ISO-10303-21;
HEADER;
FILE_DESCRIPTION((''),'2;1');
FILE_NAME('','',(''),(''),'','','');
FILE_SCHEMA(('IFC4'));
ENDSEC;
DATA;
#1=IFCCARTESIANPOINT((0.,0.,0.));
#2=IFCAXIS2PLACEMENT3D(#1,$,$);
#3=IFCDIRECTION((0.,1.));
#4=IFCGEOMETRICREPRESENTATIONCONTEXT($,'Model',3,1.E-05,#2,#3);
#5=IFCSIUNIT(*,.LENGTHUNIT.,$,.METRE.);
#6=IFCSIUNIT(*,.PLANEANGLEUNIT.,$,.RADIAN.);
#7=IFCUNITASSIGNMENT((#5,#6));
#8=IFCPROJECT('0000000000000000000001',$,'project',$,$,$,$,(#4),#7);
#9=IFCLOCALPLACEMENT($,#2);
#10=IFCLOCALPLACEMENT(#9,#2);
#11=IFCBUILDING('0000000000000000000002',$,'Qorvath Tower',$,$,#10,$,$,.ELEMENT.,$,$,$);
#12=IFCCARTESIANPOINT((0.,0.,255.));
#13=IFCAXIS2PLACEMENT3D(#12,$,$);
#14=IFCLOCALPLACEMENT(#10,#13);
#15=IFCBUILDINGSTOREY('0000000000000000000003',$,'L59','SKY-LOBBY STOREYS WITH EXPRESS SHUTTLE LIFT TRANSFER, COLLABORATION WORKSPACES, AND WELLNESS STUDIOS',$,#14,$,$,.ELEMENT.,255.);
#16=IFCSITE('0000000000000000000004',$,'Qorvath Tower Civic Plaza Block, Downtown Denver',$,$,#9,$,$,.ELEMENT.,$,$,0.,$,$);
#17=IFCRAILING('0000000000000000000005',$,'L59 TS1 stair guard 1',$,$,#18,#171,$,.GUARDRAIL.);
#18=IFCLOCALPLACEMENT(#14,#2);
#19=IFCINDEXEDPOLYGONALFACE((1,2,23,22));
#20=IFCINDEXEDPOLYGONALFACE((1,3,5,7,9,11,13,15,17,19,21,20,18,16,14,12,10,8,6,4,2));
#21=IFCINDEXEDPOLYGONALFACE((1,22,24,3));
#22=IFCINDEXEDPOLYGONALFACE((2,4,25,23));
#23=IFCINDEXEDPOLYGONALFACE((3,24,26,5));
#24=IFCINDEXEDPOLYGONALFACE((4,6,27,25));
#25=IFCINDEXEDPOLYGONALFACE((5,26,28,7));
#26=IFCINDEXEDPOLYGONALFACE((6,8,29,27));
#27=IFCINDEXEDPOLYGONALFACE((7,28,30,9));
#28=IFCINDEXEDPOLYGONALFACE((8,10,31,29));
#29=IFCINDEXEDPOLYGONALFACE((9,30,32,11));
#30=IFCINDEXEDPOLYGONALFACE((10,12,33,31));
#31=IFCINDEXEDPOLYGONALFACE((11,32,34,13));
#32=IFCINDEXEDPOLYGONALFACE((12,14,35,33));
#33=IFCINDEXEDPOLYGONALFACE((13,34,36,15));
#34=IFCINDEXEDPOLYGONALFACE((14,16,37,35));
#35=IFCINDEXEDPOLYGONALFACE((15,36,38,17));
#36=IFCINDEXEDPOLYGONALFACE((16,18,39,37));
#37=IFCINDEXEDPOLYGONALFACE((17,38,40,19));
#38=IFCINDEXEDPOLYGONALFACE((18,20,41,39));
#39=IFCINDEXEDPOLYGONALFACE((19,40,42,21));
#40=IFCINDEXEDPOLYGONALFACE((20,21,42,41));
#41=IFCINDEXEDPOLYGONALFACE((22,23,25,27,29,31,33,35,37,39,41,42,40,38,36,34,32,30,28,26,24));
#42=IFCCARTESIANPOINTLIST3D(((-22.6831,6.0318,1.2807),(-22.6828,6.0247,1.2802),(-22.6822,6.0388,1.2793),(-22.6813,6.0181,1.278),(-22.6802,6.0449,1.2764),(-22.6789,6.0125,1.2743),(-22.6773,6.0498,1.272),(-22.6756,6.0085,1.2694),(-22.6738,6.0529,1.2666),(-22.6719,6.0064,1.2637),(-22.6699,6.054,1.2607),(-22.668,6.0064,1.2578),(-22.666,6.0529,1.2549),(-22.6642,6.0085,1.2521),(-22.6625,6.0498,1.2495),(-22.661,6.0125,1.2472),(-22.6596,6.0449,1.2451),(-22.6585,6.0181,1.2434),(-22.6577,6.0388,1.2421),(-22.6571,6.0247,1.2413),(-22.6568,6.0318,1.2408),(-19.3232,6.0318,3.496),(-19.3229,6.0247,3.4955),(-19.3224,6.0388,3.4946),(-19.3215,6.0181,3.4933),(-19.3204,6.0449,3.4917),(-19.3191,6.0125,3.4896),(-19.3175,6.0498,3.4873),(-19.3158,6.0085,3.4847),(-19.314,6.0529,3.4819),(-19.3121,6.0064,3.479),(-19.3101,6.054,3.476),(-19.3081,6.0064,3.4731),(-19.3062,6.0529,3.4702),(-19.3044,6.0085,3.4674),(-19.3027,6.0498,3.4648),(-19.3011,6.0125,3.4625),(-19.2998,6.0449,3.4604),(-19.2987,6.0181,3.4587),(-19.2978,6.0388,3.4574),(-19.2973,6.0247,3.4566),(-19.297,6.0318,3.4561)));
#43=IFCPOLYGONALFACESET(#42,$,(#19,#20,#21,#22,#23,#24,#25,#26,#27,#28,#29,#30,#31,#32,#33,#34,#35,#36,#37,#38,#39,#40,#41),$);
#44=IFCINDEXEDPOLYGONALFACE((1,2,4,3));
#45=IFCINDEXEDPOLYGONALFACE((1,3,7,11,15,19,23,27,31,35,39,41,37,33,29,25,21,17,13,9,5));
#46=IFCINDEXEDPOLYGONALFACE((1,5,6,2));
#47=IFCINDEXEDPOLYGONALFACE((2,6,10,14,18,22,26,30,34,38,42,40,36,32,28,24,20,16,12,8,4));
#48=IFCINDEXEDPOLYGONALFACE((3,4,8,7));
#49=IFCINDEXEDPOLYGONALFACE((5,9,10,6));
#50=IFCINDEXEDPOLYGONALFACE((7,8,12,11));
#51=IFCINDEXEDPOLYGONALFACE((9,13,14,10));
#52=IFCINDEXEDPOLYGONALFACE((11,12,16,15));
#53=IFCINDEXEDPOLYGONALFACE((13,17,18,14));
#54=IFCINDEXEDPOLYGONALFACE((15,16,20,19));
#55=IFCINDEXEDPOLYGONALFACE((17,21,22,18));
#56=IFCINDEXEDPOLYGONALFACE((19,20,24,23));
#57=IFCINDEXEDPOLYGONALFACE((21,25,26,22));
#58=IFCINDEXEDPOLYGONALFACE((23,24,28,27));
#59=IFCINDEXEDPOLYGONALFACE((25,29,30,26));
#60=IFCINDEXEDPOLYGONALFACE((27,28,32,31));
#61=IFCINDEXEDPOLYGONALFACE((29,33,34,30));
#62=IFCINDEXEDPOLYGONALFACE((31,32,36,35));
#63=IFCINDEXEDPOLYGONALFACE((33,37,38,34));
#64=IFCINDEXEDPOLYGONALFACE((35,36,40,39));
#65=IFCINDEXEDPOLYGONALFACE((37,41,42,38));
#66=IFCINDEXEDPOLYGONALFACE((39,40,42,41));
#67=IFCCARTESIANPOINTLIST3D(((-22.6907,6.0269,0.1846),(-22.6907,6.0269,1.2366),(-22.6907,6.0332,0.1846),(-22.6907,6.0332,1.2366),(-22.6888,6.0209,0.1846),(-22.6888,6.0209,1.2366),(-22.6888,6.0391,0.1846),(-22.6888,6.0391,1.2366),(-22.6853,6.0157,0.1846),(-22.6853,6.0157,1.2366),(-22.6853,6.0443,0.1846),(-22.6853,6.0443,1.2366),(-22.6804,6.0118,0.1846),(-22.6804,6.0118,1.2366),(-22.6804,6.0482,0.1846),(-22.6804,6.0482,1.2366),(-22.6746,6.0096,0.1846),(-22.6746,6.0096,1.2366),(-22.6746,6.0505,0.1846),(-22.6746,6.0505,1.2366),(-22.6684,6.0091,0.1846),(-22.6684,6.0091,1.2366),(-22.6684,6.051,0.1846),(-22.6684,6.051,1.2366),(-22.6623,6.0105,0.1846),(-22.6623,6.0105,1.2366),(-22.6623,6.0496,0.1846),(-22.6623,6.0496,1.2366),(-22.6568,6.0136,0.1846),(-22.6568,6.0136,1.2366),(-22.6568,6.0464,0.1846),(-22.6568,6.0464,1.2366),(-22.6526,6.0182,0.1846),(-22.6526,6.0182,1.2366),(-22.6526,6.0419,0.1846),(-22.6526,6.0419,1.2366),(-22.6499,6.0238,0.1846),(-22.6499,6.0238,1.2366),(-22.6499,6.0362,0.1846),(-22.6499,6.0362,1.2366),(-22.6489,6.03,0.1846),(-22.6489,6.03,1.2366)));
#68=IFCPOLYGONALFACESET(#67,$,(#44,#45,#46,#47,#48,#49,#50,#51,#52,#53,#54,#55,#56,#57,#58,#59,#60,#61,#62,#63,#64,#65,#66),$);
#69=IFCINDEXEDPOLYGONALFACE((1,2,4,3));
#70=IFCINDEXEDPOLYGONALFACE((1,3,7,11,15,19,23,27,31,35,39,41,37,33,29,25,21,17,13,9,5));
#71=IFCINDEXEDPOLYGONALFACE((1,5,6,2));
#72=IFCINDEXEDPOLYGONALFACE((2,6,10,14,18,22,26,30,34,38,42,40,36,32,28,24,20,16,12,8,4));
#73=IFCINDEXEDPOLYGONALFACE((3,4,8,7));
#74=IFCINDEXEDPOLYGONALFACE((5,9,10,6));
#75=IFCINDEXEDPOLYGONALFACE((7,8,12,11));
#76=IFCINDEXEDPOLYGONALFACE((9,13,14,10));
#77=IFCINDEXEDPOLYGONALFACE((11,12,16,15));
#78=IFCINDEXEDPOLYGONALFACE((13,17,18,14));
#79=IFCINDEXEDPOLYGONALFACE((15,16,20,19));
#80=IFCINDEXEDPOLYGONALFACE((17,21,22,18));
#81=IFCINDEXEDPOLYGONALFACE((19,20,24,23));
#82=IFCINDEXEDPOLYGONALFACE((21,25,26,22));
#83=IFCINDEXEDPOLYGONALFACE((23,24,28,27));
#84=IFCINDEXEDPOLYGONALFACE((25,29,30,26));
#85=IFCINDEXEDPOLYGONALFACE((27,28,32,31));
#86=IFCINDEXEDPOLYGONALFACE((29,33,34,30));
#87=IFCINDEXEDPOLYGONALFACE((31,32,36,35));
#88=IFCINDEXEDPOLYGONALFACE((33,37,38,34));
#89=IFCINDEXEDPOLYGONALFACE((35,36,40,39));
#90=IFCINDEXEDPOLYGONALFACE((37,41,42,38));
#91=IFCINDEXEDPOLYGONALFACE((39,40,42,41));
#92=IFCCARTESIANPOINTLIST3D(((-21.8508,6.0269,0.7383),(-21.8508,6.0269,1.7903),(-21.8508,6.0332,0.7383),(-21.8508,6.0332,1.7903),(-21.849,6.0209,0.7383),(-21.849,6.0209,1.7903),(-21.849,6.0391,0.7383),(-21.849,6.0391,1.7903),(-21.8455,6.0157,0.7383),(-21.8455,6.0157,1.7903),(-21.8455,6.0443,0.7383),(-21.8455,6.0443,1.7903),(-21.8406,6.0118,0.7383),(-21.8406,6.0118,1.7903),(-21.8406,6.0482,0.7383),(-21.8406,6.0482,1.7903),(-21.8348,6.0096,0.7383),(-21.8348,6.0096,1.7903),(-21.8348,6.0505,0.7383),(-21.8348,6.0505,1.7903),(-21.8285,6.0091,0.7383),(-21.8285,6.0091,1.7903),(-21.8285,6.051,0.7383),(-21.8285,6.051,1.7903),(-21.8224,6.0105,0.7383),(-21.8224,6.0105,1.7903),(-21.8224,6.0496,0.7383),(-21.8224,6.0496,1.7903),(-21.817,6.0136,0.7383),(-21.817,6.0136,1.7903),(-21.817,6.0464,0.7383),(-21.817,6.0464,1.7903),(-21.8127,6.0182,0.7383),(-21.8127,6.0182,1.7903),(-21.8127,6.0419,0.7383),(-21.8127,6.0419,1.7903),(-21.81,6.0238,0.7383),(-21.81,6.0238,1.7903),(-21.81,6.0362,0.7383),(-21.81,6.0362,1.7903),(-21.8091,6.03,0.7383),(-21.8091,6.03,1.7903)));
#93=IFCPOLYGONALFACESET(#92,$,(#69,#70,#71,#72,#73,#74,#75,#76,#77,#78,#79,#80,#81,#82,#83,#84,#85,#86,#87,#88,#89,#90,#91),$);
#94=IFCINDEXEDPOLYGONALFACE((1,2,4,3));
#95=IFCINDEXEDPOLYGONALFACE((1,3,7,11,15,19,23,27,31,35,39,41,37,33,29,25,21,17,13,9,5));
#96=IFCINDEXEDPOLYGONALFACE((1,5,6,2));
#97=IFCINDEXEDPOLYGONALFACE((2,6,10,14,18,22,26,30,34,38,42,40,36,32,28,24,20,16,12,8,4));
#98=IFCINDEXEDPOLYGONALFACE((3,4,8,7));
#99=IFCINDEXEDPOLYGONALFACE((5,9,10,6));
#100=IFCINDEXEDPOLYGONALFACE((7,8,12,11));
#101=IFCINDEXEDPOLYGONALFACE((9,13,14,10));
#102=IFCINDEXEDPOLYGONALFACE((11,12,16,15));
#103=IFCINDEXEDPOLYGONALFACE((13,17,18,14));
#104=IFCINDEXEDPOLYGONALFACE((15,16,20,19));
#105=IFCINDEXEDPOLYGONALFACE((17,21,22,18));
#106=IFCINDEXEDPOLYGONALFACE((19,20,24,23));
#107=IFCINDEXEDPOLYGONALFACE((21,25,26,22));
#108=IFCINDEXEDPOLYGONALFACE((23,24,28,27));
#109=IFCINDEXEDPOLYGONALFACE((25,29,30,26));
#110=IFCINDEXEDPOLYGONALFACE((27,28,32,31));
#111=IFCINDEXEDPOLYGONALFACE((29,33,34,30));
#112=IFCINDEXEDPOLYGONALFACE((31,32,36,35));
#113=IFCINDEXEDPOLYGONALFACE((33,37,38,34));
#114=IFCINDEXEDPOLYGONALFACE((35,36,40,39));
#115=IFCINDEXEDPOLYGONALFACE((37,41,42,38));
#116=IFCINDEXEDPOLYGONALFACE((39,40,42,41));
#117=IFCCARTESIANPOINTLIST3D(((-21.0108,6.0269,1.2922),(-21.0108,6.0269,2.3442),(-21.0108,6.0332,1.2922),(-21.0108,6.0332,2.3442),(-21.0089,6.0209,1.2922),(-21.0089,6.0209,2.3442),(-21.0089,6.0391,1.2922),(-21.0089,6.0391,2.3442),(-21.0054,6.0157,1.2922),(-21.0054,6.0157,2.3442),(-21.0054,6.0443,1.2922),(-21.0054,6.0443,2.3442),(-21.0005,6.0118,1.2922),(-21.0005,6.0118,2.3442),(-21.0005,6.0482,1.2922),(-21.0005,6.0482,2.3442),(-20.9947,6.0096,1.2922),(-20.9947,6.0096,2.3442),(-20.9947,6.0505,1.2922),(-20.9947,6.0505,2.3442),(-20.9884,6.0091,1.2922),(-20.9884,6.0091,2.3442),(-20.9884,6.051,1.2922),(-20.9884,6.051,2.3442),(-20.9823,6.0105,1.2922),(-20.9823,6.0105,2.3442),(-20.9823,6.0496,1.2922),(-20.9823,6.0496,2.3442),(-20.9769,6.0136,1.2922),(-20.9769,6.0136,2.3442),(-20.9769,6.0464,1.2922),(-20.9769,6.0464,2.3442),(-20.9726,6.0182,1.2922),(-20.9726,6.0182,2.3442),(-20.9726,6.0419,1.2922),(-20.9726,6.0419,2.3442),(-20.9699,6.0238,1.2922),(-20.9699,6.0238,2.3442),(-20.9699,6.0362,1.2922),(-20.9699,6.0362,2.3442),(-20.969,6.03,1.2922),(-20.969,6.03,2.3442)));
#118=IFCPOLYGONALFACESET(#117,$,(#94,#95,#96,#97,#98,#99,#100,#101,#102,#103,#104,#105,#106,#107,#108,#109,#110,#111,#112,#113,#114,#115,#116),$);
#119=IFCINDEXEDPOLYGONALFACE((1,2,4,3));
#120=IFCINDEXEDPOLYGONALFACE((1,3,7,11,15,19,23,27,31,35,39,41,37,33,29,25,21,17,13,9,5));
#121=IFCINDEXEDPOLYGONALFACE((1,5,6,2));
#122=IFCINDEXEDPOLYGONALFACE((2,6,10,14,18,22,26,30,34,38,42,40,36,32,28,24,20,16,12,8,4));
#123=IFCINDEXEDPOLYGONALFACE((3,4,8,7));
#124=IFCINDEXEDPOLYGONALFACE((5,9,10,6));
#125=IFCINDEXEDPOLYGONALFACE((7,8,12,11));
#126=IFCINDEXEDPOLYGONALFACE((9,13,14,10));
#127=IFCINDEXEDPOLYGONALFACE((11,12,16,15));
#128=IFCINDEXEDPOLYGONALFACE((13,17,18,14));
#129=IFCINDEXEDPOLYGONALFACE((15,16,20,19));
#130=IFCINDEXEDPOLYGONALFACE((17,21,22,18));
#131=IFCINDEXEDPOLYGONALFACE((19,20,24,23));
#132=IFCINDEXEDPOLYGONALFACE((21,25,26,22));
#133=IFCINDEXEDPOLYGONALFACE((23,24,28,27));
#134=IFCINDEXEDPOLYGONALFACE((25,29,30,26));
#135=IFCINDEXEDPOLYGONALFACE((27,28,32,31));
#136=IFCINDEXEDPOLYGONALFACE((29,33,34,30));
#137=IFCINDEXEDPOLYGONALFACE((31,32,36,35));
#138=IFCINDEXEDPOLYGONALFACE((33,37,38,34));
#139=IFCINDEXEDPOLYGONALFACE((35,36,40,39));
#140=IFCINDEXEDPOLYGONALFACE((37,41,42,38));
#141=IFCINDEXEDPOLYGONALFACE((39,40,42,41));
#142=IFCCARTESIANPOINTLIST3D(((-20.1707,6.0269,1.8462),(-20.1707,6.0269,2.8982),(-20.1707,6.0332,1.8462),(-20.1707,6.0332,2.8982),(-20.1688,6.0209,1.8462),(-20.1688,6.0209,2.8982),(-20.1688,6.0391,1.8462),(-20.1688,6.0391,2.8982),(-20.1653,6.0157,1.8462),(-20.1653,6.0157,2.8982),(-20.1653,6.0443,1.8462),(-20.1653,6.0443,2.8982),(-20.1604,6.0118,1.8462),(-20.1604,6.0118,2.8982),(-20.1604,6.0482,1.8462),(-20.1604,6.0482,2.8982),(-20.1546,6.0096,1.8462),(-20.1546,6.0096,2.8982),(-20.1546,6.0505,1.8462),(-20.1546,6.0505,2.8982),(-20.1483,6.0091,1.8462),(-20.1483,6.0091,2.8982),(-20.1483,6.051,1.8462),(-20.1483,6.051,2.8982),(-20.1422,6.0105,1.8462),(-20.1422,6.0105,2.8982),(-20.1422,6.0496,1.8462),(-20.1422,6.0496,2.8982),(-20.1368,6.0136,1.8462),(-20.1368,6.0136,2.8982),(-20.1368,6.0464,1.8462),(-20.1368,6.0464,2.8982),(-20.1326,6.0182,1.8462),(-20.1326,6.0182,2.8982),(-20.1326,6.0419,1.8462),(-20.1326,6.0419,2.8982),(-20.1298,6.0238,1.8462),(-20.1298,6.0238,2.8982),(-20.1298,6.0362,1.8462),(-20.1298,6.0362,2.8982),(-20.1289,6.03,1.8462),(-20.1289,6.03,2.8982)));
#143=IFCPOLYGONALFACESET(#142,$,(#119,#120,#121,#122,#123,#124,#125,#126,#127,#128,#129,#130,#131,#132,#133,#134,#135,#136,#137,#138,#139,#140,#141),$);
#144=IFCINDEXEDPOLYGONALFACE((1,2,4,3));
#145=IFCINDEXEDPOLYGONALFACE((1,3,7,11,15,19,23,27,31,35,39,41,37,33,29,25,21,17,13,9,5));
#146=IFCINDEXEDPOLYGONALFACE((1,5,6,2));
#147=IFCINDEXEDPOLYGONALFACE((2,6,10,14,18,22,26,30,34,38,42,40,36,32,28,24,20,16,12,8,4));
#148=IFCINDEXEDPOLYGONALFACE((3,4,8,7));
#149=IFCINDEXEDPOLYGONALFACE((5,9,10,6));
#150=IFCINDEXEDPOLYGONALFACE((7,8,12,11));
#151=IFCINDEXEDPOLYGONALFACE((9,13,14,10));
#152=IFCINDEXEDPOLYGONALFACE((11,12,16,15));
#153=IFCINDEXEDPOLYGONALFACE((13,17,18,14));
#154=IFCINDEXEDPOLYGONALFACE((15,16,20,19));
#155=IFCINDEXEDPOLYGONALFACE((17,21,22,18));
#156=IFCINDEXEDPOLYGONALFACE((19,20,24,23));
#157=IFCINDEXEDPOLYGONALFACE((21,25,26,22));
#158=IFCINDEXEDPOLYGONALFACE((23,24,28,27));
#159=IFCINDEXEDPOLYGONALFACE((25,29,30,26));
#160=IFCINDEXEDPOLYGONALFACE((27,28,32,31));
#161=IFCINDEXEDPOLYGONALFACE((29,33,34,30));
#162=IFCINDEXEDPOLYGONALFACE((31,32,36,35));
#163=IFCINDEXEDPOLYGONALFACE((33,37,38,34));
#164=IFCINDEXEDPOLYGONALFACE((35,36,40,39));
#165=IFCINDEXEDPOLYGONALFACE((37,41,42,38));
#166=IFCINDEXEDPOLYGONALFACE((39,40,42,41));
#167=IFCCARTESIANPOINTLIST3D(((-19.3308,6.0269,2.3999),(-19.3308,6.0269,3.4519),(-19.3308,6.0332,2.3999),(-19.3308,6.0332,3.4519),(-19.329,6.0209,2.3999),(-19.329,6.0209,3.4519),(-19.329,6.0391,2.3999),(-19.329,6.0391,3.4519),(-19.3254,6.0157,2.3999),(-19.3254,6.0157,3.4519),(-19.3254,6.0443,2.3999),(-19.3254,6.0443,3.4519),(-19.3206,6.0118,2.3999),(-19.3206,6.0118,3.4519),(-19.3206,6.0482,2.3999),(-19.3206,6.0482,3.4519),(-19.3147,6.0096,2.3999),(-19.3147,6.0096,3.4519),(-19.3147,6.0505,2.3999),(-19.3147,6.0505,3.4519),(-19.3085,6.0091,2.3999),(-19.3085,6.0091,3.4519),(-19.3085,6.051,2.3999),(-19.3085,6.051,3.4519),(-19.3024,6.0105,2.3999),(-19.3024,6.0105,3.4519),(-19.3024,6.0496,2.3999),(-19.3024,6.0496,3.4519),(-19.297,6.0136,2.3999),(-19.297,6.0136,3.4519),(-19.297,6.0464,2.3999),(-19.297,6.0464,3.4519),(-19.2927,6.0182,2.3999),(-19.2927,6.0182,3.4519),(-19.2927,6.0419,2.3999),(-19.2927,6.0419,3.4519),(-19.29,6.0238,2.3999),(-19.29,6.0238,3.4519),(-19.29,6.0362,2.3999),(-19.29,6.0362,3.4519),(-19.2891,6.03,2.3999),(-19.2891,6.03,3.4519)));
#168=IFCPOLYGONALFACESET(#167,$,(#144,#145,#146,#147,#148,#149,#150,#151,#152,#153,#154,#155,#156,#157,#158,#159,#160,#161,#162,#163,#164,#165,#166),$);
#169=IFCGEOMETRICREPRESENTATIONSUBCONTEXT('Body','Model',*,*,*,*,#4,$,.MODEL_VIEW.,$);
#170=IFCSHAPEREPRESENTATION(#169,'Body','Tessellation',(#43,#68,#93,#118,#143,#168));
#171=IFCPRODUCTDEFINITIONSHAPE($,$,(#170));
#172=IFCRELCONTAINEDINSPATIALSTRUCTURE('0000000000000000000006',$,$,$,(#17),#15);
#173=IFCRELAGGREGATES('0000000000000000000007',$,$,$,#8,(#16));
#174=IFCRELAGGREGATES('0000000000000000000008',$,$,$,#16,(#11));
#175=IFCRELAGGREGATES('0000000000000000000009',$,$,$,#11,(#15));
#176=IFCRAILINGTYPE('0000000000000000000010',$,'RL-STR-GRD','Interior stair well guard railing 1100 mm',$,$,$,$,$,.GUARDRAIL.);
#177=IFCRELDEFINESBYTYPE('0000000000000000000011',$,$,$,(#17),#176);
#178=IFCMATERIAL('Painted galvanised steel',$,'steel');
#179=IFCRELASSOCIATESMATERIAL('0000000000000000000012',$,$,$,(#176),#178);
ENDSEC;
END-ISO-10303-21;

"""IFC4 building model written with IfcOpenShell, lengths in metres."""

from ifc_helpers import new_model, si_unit, direction, frame, origin, origin_2d, place, context, subcontext, project, spatial, circle, extrude, material, type_object, element, save


model = new_model("IFC4")

# Units and contexts
model_context = context("Model", 3, precision=1e-05, world=origin(), true_north=direction((0.0, 1.0)))
body_context = subcontext(model_context, "Body", "Model", "MODEL_VIEW")
ifc_project = project(units=[si_unit("LENGTHUNIT", "METRE"), si_unit("PLANEANGLEUNIT", "RADIAN")], contexts=[model_context])

# Site, building, storey
site_placement = place(None, origin())
site = spatial("IfcSite", under=ifc_project, at=site_placement, Name="Qorvath Tower Civic Plaza Block, Downtown Denver", CompositionType="ELEMENT", RefElevation=0.0)
building_placement = place(site_placement, origin())
building = spatial("IfcBuilding", under=site, at=building_placement, Name="Qorvath Tower", CompositionType="ELEMENT")
storey_placement = place(building_placement, frame((0.0, 0.0, 255.0)))
storey = spatial("IfcBuildingStorey", under=building, at=storey_placement, Name="L59", Description="SKY-LOBBY STOREYS WITH EXPRESS SHUTTLE LIFT TRANSFER, COLLABORATION WORKSPACES, AND WELLNESS STUDIOS", CompositionType="ELEMENT", Elevation=255.0)

# Railing
ifc_material_1 = material(Name="Painted galvanised steel", Category="steel")
railing_type_1 = type_object("IfcRailingType", Name="RL-STR-GRD", Description="Interior stair well guard railing 1100 mm", PredefinedType="GUARDRAIL", material=ifc_material_1)
railing_1_placement = place(storey_placement, frame((-22.6699, 6.03, 0.1846)))
element("IfcRailing", 1, at=railing_1_placement, inside=storey, type_object=railing_type_1, Name="L59 TS1 stair guard 1", PredefinedType="GUARDRAIL", context=body_context, shape_type="SweptSolid", body=[
    extrude(circle(Radius=0.0239, at=origin_2d()), frame((0.0, 0.0, 1.0762), z_axis=(0.834858, 0.0, 0.550465), x_axis=(0.0, 1.0, 0.0)), (0.0, 0.0, 1.0), 4.0244),
    extrude(circle(Radius=0.021, at=origin_2d()), origin(), (0.0, 0.0, 1.0), 1.052),
    extrude(circle(Radius=0.021, at=origin_2d()), frame((0.8398, 0.0, 0.5537)), (0.0, 0.0, 1.0), 1.052),
    extrude(circle(Radius=0.021, at=origin_2d()), frame((1.6799, 0.0, 1.1077)), (0.0, 0.0, 1.0), 1.052),
    extrude(circle(Radius=0.021, at=origin_2d()), frame((2.52, 0.0, 1.6616)), (0.0, 0.0, 1.0), 1.052),
    extrude(circle(Radius=0.021, at=origin_2d()), frame((3.3599, 0.0, 2.2153)), (0.0, 0.0, 1.0), 1.052),
])

save(model, "model.ifc")
